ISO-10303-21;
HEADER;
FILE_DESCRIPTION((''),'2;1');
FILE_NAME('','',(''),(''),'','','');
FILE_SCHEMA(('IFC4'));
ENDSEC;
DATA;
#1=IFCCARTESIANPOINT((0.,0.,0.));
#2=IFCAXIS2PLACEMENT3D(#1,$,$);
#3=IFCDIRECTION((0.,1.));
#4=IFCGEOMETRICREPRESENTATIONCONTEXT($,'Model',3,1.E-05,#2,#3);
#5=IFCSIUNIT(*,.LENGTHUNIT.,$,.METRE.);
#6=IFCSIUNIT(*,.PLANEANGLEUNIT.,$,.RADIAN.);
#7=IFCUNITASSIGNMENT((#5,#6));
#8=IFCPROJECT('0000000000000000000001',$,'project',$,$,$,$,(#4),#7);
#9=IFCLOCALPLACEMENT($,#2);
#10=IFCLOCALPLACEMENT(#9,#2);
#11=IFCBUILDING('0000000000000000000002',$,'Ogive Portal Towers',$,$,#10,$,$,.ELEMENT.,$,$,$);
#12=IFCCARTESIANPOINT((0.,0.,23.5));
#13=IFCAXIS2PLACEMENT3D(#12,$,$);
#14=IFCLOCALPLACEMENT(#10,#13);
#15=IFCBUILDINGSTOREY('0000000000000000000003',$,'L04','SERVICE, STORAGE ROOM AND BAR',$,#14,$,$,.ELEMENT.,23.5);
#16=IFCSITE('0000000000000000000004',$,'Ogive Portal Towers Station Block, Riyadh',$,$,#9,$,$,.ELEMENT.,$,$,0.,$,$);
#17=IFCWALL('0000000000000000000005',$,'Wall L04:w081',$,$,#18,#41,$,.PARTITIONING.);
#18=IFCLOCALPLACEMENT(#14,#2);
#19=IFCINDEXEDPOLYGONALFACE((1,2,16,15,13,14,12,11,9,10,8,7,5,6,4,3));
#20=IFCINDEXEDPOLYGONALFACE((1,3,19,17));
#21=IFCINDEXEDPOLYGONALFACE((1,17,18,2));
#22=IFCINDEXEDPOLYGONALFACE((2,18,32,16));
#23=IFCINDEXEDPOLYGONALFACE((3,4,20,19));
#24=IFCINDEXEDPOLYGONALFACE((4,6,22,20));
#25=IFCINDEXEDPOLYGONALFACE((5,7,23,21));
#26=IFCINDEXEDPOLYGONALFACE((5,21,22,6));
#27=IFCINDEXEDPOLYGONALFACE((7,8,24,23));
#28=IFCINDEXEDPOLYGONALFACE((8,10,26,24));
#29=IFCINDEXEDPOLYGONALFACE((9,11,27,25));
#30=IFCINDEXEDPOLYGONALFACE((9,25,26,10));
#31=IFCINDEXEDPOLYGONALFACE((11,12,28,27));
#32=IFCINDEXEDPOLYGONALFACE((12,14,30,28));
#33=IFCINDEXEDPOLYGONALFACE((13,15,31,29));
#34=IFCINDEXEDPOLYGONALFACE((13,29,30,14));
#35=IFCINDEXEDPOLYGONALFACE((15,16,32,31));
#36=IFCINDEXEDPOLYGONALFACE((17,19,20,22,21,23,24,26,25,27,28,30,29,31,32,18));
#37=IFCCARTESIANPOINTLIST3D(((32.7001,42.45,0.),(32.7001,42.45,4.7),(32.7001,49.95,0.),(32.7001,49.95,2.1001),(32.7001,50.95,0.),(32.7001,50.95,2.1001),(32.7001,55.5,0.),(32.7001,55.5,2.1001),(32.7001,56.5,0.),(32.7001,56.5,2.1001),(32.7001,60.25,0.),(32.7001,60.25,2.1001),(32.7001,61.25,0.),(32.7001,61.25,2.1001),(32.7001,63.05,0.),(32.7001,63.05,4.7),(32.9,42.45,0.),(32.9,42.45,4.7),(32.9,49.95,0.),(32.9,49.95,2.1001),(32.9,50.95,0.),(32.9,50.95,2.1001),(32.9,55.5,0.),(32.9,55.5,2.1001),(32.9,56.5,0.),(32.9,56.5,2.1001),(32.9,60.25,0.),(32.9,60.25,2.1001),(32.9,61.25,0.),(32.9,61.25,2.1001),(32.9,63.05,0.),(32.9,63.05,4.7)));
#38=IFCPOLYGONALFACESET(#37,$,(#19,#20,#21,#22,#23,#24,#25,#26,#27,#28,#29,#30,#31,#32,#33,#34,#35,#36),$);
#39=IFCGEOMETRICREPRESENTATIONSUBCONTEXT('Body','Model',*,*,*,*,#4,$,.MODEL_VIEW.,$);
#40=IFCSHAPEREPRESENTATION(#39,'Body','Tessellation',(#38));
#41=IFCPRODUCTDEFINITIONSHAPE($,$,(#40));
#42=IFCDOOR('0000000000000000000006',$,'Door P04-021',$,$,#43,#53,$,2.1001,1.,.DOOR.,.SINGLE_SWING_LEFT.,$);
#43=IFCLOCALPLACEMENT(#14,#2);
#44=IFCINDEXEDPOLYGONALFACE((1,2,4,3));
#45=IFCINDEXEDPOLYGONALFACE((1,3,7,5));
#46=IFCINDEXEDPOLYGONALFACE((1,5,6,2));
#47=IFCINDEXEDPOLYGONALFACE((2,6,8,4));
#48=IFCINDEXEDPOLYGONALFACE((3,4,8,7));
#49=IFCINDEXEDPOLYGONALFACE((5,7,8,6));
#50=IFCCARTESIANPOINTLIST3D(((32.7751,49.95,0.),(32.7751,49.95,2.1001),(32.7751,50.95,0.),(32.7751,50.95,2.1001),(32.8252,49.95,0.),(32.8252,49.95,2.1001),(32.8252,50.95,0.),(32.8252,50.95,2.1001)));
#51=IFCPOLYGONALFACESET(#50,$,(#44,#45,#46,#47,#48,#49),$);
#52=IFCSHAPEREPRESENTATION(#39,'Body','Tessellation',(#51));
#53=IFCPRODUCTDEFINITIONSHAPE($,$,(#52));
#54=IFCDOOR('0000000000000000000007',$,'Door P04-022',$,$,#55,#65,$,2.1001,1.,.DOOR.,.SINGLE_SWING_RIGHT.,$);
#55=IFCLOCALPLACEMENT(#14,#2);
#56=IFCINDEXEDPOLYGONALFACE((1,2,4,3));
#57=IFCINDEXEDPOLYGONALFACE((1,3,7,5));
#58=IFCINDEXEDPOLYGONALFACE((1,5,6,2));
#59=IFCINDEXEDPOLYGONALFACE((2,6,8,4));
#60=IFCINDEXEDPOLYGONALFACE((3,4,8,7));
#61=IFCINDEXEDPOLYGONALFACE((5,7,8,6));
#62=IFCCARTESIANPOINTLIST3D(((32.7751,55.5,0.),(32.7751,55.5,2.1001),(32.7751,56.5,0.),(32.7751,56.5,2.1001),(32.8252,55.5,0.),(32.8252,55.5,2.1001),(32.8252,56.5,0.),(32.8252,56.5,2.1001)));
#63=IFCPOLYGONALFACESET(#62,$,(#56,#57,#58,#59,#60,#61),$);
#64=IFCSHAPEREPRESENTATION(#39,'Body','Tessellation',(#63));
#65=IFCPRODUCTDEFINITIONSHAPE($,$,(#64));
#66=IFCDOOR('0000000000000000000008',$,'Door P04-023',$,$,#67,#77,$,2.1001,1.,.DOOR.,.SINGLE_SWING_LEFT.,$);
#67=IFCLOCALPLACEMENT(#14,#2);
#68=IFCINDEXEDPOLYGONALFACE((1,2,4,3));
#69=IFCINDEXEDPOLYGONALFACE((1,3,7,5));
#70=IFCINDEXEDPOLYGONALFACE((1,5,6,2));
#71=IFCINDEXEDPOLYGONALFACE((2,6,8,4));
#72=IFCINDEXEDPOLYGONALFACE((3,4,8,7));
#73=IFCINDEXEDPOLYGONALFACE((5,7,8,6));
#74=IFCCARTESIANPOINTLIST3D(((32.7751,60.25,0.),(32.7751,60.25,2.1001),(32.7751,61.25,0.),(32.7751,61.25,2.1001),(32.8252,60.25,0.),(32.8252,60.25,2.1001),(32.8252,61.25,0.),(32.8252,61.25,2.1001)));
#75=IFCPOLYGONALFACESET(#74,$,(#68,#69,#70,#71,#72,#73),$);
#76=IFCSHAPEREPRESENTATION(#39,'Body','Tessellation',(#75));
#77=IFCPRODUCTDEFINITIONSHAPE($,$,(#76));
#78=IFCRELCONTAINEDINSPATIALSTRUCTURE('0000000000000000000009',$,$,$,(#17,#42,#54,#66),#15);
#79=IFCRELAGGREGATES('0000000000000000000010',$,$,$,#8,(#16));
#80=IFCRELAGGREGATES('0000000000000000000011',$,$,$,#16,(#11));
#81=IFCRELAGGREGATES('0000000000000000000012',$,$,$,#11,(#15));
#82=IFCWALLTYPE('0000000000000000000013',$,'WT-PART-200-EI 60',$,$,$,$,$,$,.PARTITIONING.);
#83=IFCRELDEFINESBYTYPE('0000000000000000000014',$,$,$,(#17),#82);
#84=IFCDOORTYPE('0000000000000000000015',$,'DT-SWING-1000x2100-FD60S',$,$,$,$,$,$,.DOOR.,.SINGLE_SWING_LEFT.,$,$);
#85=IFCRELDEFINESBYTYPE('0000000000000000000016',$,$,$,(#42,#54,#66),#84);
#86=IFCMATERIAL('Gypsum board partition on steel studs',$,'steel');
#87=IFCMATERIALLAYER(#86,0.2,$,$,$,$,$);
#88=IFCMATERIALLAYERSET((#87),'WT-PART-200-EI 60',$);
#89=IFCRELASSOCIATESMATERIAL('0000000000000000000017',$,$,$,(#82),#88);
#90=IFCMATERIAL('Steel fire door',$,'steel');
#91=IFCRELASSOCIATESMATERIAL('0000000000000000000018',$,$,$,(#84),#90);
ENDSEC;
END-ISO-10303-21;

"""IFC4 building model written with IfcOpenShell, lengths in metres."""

from ifc_helpers import new_model, si_unit, direction, frame, frame_2d, origin, place, context, subcontext, project, spatial, rectangle, extrude, material, layer, layer_set, type_object, element, fill, save


model = new_model("IFC4")

# Units and contexts
model_context = context("Model", 3, precision=1e-05, world=origin(), true_north=direction((0.0, 1.0)))
body_context = subcontext(model_context, "Body", "Model", "MODEL_VIEW")
ifc_project = project(units=[si_unit("LENGTHUNIT", "METRE"), si_unit("PLANEANGLEUNIT", "RADIAN")], contexts=[model_context])

# Site, building, storey
site_placement = place(None, origin())
site = spatial("IfcSite", under=ifc_project, at=site_placement, Name="Ogive Portal Towers Station Block, Riyadh", CompositionType="ELEMENT", RefElevation=0.0)
building_placement = place(site_placement, origin())
building = spatial("IfcBuilding", under=site, at=building_placement, Name="Ogive Portal Towers", CompositionType="ELEMENT")
storey_placement = place(building_placement, frame((0.0, 0.0, 23.5)))
storey = spatial("IfcBuildingStorey", under=building, at=storey_placement, Name="L04", Description="SERVICE, STORAGE ROOM AND BAR", CompositionType="ELEMENT", Elevation=23.5)

# Shared definitions
ifc_material_1 = material(Name="Steel fire door", Category="steel")

# Shared definitions
ifc_material_2 = material(Name="Gypsum board partition on steel studs", Category="steel")
ifc_layer_1 = layer(ifc_material_2, 0.2)
ifc_layer_set_1 = layer_set([ifc_layer_1], Name="WT-PART-200-EI 60")
wall_type_1 = type_object("IfcWallType", Name="WT-PART-200-EI 60", PredefinedType="PARTITIONING", material=ifc_layer_set_1)

# Wall, openings, doors
wall_1_placement = place(storey_placement, frame((32.8, 42.45, 0.0), z_axis=(0.0, 0.0, 1.0), x_axis=(0.0, 1.0, 0.0)))
wall_1 = element("IfcWall", 1, at=wall_1_placement, inside=storey, type_object=wall_type_1, Name="Wall L04:w081", PredefinedType="PARTITIONING", context=body_context, shape_type="SweptSolid", body=[
    extrude(rectangle(XDim=20.6001, YDim=0.2, at=frame_2d((10.3, 0.0))), origin(), (0.0, 0.0, 1.0), 4.7),
])
opening_1_placement = place(wall_1_placement, frame((7.5, 0.0, 0.0)))
opening_1 = element("IfcOpeningElement", 2, at=opening_1_placement, cuts=wall_1, PredefinedType="OPENING", context=body_context, shape_type="SweptSolid", body=[
    extrude(rectangle(XDim=1.0, YDim=2.1001, at=frame_2d((0.5, 1.05))), frame((0.0, 0.1099, 0.0), z_axis=(0.0, -1.0, 0.0), x_axis=(1.0, 0.0, 0.0)), (0.0, 0.0, 1.0), 0.22),
])
opening_2_placement = place(wall_1_placement, frame((13.05, 0.0, 0.0)))
opening_2 = element("IfcOpeningElement", 3, at=opening_2_placement, cuts=wall_1, PredefinedType="OPENING", context=body_context, shape_type="SweptSolid", body=[
    extrude(rectangle(XDim=1.0, YDim=2.1001, at=frame_2d((0.5, 1.05))), frame((0.0, 0.1099, 0.0), z_axis=(0.0, -1.0, 0.0), x_axis=(1.0, 0.0, 0.0)), (0.0, 0.0, 1.0), 0.22),
])
opening_3_placement = place(wall_1_placement, frame((17.8, 0.0, 0.0)))
opening_3 = element("IfcOpeningElement", 4, at=opening_3_placement, cuts=wall_1, PredefinedType="OPENING", context=body_context, shape_type="SweptSolid", body=[
    extrude(rectangle(XDim=1.0, YDim=2.1001, at=frame_2d((0.5, 1.05))), frame((0.0, 0.1099, 0.0), z_axis=(0.0, -1.0, 0.0), x_axis=(1.0, 0.0, 0.0)), (0.0, 0.0, 1.0), 0.22),
])
door_type_1 = type_object("IfcDoorType", Name="DT-SWING-1000x2100-FD60S", OperationType="SINGLE_SWING_LEFT", PredefinedType="DOOR", material=ifc_material_1)
door_1_placement = place(opening_1_placement, origin())
door_1 = element("IfcDoor", 5, at=door_1_placement, inside=storey, type_object=door_type_1, Name="Door P04-021", OperationType="SINGLE_SWING_LEFT", OverallHeight=2.1001, OverallWidth=1.0, PredefinedType="DOOR", context=body_context, shape_type="SweptSolid", body=[
    extrude(rectangle(XDim=1.0, YDim=2.1001, at=frame_2d((0.5, 1.05))), frame((0.0, 0.0249, 0.0), z_axis=(0.0, -1.0, 0.0), x_axis=(1.0, 0.0, 0.0)), (0.0, 0.0, 1.0), 0.05),
])
fill(opening_1, door_1)
door_2_placement = place(opening_2_placement, origin())
door_2 = element("IfcDoor", 6, at=door_2_placement, inside=storey, type_object=door_type_1, Name="Door P04-022", OperationType="SINGLE_SWING_RIGHT", OverallHeight=2.1001, OverallWidth=1.0, PredefinedType="DOOR", context=body_context, shape_type="SweptSolid", body=[
    extrude(rectangle(XDim=1.0, YDim=2.1001, at=frame_2d((0.5, 1.05))), frame((0.0, 0.0249, 0.0), z_axis=(0.0, -1.0, 0.0), x_axis=(1.0, 0.0, 0.0)), (0.0, 0.0, 1.0), 0.05),
])
fill(opening_2, door_2)
door_3_placement = place(opening_3_placement, origin())
door_3 = element("IfcDoor", 7, at=door_3_placement, inside=storey, type_object=door_type_1, Name="Door P04-023", OperationType="SINGLE_SWING_LEFT", OverallHeight=2.1001, OverallWidth=1.0, PredefinedType="DOOR", context=body_context, shape_type="SweptSolid", body=[
    extrude(rectangle(XDim=1.0, YDim=2.1001, at=frame_2d((0.5, 1.05))), frame((0.0, 0.0249, 0.0), z_axis=(0.0, -1.0, 0.0), x_axis=(1.0, 0.0, 0.0)), (0.0, 0.0, 1.0), 0.05),
])
fill(opening_3, door_3)

save(model, "model.ifc")
